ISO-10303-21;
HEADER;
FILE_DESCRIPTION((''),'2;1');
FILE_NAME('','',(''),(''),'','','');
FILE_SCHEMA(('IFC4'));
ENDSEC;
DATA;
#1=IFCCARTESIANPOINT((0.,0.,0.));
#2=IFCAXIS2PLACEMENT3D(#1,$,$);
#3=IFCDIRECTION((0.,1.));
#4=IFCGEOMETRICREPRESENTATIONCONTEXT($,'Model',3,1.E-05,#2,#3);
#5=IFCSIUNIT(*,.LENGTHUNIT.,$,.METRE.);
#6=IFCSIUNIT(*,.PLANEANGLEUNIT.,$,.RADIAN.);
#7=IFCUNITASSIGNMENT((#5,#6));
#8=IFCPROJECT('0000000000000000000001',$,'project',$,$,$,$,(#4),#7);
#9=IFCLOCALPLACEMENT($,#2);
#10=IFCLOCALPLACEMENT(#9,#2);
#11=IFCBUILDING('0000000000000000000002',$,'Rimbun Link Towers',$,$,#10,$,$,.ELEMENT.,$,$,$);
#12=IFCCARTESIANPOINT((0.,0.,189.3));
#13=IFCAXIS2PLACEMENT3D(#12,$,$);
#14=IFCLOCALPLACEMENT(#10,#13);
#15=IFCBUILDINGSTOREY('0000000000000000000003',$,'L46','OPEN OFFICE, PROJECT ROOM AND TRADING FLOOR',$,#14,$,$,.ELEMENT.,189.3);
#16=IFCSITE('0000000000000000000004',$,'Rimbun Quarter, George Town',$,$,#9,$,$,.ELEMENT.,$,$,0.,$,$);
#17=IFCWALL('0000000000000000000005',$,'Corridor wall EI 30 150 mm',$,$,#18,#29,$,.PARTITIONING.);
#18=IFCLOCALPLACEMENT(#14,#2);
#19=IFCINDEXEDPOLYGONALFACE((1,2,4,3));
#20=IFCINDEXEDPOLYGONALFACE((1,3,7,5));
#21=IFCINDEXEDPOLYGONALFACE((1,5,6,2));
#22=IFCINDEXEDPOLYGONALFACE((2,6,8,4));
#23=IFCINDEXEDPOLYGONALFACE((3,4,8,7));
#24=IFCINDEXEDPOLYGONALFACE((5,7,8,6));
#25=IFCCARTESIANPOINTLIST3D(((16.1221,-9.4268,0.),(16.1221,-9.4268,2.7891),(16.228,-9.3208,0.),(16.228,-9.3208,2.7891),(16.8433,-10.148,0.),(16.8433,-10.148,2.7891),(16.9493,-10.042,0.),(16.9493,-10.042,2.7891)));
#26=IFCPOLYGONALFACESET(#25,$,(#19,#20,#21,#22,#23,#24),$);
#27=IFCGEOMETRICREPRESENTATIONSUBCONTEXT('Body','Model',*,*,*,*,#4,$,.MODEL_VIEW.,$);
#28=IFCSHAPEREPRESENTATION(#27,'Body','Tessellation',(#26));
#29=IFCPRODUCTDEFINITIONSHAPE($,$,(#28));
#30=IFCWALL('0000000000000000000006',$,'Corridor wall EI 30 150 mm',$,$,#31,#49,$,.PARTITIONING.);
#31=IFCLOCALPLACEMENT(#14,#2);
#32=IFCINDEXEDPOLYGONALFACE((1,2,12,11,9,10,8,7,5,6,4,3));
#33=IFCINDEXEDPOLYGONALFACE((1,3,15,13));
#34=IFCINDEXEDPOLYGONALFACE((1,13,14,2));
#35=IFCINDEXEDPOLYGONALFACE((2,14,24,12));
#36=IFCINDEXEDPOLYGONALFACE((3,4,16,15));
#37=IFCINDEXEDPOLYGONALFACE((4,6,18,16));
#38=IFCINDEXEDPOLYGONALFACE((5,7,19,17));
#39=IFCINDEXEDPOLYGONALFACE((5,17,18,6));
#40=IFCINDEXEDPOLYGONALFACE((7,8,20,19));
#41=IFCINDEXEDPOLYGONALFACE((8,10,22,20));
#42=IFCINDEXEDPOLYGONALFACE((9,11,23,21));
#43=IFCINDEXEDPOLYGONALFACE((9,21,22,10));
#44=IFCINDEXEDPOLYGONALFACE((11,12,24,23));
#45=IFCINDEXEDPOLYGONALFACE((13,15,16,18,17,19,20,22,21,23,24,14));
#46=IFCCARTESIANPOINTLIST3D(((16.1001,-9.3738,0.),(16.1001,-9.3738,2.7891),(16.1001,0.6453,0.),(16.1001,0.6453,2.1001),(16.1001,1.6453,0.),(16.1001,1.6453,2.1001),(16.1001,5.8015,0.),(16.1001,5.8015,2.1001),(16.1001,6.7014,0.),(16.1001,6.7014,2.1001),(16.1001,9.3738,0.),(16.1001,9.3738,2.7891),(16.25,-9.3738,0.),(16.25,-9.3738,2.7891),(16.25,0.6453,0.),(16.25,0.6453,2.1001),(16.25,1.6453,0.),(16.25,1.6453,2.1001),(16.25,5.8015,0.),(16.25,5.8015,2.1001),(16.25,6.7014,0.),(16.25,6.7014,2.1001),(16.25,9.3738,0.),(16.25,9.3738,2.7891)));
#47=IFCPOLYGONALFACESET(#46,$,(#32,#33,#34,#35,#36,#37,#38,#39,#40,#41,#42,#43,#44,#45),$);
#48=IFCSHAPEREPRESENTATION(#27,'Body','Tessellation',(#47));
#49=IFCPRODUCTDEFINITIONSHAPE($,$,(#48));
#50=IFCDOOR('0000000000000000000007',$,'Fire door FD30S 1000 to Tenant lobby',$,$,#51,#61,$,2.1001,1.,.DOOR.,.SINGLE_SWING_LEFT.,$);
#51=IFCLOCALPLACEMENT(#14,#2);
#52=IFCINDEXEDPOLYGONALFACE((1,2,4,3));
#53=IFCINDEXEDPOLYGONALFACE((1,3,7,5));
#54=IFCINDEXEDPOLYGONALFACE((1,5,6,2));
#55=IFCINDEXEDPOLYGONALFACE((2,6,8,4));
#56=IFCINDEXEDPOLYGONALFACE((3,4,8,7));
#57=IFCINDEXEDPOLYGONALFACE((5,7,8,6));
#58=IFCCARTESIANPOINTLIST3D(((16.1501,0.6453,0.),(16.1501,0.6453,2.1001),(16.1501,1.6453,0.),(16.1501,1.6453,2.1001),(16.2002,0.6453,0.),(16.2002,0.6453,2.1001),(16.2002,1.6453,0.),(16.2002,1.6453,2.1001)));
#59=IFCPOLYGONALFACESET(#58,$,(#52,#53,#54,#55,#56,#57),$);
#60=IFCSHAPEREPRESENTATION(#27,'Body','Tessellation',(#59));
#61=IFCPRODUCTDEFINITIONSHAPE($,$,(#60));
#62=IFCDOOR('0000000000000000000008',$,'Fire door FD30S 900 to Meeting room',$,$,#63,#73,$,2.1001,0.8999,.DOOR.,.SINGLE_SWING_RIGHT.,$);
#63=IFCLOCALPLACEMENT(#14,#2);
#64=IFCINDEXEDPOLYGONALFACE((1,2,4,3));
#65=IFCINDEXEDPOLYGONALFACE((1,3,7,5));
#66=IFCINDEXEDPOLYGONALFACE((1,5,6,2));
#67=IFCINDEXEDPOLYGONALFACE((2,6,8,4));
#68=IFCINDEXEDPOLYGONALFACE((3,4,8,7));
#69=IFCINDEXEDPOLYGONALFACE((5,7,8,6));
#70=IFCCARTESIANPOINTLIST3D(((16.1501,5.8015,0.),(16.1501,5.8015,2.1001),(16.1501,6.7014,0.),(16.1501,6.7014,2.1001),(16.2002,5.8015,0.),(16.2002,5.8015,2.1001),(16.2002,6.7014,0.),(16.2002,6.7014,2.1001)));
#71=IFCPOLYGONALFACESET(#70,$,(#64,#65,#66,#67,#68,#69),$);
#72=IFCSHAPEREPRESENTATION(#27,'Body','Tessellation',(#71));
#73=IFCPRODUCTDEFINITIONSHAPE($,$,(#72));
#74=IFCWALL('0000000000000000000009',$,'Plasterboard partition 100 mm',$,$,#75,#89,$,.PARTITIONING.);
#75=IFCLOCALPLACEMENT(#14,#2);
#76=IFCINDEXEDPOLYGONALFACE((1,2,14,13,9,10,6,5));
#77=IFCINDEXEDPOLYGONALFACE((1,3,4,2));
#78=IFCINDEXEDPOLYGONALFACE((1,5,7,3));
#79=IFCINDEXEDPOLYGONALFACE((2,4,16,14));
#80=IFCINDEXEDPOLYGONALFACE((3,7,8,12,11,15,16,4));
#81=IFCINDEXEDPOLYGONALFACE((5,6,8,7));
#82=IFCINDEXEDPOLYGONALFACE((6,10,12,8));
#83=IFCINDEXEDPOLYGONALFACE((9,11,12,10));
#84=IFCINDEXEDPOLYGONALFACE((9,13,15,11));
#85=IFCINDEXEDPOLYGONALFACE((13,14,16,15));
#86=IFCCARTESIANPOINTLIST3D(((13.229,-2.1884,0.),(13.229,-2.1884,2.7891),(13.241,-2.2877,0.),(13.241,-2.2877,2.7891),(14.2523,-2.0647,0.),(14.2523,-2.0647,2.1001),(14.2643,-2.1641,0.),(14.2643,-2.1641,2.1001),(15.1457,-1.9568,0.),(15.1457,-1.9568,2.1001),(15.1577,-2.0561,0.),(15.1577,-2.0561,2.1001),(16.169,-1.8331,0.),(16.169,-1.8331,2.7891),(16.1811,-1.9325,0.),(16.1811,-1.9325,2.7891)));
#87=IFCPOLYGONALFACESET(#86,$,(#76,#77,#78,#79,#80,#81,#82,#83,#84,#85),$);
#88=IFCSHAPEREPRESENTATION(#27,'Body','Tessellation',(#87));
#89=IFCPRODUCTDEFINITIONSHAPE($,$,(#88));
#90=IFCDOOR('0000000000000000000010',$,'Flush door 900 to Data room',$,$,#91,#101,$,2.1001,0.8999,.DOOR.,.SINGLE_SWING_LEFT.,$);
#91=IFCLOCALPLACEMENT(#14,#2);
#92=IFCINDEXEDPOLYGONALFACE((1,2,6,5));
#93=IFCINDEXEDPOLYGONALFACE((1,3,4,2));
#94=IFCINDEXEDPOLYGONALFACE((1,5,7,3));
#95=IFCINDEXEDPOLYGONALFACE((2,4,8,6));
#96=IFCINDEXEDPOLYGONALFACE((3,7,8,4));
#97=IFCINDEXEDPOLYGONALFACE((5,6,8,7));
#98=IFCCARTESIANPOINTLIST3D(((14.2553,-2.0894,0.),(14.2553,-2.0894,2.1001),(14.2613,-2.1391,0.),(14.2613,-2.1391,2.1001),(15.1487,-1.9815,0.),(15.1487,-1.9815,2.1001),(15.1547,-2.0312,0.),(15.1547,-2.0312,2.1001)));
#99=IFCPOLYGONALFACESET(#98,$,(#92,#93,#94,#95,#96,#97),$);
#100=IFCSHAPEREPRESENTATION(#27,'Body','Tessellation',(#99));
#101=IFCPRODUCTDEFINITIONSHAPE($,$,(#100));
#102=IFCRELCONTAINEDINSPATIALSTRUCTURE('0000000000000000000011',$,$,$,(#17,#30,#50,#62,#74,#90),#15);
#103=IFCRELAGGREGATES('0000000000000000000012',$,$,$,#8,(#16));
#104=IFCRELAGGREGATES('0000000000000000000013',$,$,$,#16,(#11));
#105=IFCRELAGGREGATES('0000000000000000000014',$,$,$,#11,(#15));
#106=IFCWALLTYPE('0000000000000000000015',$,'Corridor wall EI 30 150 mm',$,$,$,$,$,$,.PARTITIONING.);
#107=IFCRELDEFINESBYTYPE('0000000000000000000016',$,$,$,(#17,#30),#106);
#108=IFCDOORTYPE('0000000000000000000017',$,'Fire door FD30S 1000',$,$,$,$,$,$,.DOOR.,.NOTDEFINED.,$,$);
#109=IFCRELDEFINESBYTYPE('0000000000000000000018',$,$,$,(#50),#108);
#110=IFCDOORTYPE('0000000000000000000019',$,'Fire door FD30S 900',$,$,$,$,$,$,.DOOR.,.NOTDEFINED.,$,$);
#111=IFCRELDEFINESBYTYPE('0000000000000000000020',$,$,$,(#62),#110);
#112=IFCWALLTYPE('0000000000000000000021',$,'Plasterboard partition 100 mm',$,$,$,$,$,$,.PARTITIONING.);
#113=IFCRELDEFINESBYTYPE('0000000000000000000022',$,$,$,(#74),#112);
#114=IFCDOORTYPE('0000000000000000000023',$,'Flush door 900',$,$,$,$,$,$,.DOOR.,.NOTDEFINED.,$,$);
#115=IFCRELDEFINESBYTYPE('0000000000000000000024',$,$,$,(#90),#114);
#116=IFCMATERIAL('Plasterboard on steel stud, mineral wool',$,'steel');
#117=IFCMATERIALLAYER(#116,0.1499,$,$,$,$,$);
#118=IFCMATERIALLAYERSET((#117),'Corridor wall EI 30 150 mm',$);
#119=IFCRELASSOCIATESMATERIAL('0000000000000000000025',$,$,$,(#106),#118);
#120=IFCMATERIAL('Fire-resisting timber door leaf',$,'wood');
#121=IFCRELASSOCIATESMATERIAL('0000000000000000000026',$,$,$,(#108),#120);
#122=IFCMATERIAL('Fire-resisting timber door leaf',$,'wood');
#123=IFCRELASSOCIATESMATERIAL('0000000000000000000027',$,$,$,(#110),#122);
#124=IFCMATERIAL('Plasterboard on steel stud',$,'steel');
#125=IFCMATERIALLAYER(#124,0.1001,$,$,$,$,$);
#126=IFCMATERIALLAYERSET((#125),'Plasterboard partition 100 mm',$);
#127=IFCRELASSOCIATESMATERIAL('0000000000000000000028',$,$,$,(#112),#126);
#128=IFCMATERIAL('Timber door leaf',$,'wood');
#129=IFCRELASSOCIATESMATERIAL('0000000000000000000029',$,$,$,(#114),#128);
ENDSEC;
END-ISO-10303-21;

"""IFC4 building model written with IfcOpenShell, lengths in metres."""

from ifc_helpers import new_model, si_unit, direction, frame, frame_2d, origin, place, context, subcontext, project, spatial, rectangle, extrude, material, layer, layer_set, type_object, element, fill, save


model = new_model("IFC4")

# Units and contexts
model_context = context("Model", 3, precision=1e-05, world=origin(), true_north=direction((0.0, 1.0)))
body_context = subcontext(model_context, "Body", "Model", "MODEL_VIEW")
ifc_project = project(units=[si_unit("LENGTHUNIT", "METRE"), si_unit("PLANEANGLEUNIT", "RADIAN")], contexts=[model_context])

# Site, building, storey
site_placement = place(None, origin())
site = spatial("IfcSite", under=ifc_project, at=site_placement, Name="Rimbun Quarter, George Town", CompositionType="ELEMENT", RefElevation=0.0)
building_placement = place(site_placement, origin())
building = spatial("IfcBuilding", under=site, at=building_placement, Name="Rimbun Link Towers", CompositionType="ELEMENT")
storey_placement = place(building_placement, frame((0.0, 0.0, 189.3)))
storey = spatial("IfcBuildingStorey", under=building, at=storey_placement, Name="L46", Description="OPEN OFFICE, PROJECT ROOM AND TRADING FLOOR", CompositionType="ELEMENT", Elevation=189.3)

# Wall
ifc_material_1 = material(Name="Plasterboard on steel stud, mineral wool", Category="steel")
ifc_layer_1 = layer(ifc_material_1, 0.1499)
ifc_layer_set_1 = layer_set([ifc_layer_1], Name="Corridor wall EI 30 150 mm")
wall_type_1 = type_object("IfcWallType", Name="Corridor wall EI 30 150 mm", PredefinedType="PARTITIONING", material=ifc_layer_set_1)
wall_1_placement = place(storey_placement, frame((16.175, -9.3738, 0.0), z_axis=(0.0, 0.0, 1.0), x_axis=(0.707107, -0.707107, 0.0)))
element("IfcWall", 1, at=wall_1_placement, inside=storey, type_object=wall_type_1, Name="Corridor wall EI 30 150 mm", PredefinedType="PARTITIONING", context=body_context, shape_type="SweptSolid", body=[
    extrude(rectangle(XDim=1.02, YDim=0.1499, at=frame_2d((0.51, 0.0))), origin(), (0.0, 0.0, 1.0), 2.7891),
])

# Wall, openings, doors
wall_2_placement = place(storey_placement, frame((16.175, -9.3738, 0.0), z_axis=(0.0, 0.0, 1.0), x_axis=(0.0, 1.0, 0.0)))
wall_2 = element("IfcWall", 2, at=wall_2_placement, inside=storey, type_object=wall_type_1, Name="Corridor wall EI 30 150 mm", PredefinedType="PARTITIONING", context=body_context, shape_type="SweptSolid", body=[
    extrude(rectangle(XDim=18.7476, YDim=0.1499, at=frame_2d((9.3738, 0.0))), origin(), (0.0, 0.0, 1.0), 2.7891),
])
opening_1_placement = place(wall_2_placement, frame((15.1753, 0.0, 0.0)))
opening_1 = element("IfcOpeningElement", 3, at=opening_1_placement, cuts=wall_2, PredefinedType="OPENING", context=body_context, shape_type="SweptSolid", body=[
    extrude(rectangle(XDim=0.8999, YDim=2.1001, at=frame_2d((0.45, 1.05))), frame((0.0, 0.085, 0.0), z_axis=(0.0, -1.0, 0.0), x_axis=(1.0, 0.0, 0.0)), (0.0, 0.0, 1.0), 0.1699),
])
opening_2_placement = place(wall_2_placement, frame((10.019, 0.0, 0.0)))
opening_2 = element("IfcOpeningElement", 4, at=opening_2_placement, cuts=wall_2, PredefinedType="OPENING", context=body_context, shape_type="SweptSolid", body=[
    extrude(rectangle(XDim=1.0, YDim=2.1001, at=frame_2d((0.5, 1.05))), frame((0.0, 0.085, 0.0), z_axis=(0.0, -1.0, 0.0), x_axis=(1.0, 0.0, 0.0)), (0.0, 0.0, 1.0), 0.1699),
])
ifc_material_2 = material(Name="Fire-resisting timber door leaf", Category="wood")
door_type_1 = type_object("IfcDoorType", Name="Fire door FD30S 1000", OperationType="NOTDEFINED", PredefinedType="DOOR", material=ifc_material_2)
door_1_placement = place(opening_2_placement, origin())
door_1 = element("IfcDoor", 5, at=door_1_placement, inside=storey, type_object=door_type_1, Name="Fire door FD30S 1000 to Tenant lobby", OperationType="SINGLE_SWING_LEFT", OverallHeight=2.1001, OverallWidth=1.0, PredefinedType="DOOR", context=body_context, shape_type="SweptSolid", body=[
    extrude(rectangle(XDim=1.0, YDim=2.1001, at=frame_2d((0.5, 1.05))), frame((0.0, 0.0249, 0.0), z_axis=(0.0, -1.0, 0.0), x_axis=(1.0, 0.0, 0.0)), (0.0, 0.0, 1.0), 0.05),
])
fill(opening_2, door_1)
ifc_material_3 = material(Name="Fire-resisting timber door leaf", Category="wood")
door_type_2 = type_object("IfcDoorType", Name="Fire door FD30S 900", OperationType="NOTDEFINED", PredefinedType="DOOR", material=ifc_material_3)
door_2_placement = place(opening_1_placement, origin())
door_2 = element("IfcDoor", 6, at=door_2_placement, inside=storey, type_object=door_type_2, Name="Fire door FD30S 900 to Meeting room", OperationType="SINGLE_SWING_RIGHT", OverallHeight=2.1001, OverallWidth=0.8999, PredefinedType="DOOR", context=body_context, shape_type="SweptSolid", body=[
    extrude(rectangle(XDim=0.8999, YDim=2.1001, at=frame_2d((0.45, 1.05))), frame((0.0, 0.0249, 0.0), z_axis=(0.0, -1.0, 0.0), x_axis=(1.0, 0.0, 0.0)), (0.0, 0.0, 1.0), 0.05),
])
fill(opening_1, door_2)

# Wall, opening, door
ifc_material_4 = material(Name="Plasterboard on steel stud", Category="steel")
ifc_layer_2 = layer(ifc_material_4, 0.1001)
ifc_layer_set_2 = layer_set([ifc_layer_2], Name="Plasterboard partition 100 mm")
wall_type_2 = type_object("IfcWallType", Name="Plasterboard partition 100 mm", PredefinedType="PARTITIONING", material=ifc_layer_set_2)
wall_3_placement = place(storey_placement, frame((16.175, -1.8828, 0.0), z_axis=(0.0, 0.0, 1.0), x_axis=(-0.992779, -0.119955, 0.0)))
wall_3 = element("IfcWall", 7, at=wall_3_placement, inside=storey, type_object=wall_type_2, Name="Plasterboard partition 100 mm", PredefinedType="PARTITIONING", context=body_context, shape_type="SweptSolid", body=[
    extrude(rectangle(XDim=2.9614, YDim=0.1001, at=frame_2d((1.4807, 0.0))), origin(), (0.0, 0.0, 1.0), 2.7891),
])
opening_3_placement = place(wall_3_placement, frame((1.0308, 0.0, 0.0)))
opening_3 = element("IfcOpeningElement", 8, at=opening_3_placement, cuts=wall_3, PredefinedType="OPENING", context=body_context, shape_type="SweptSolid", body=[
    extrude(rectangle(XDim=0.8999, YDim=2.1001, at=frame_2d((0.45, 1.05))), frame((0.0, 0.0601, 0.0), z_axis=(0.0, -1.0, 0.0), x_axis=(1.0, 0.0, 0.0)), (0.0, 0.0, 1.0), 0.1201),
])
ifc_material_5 = material(Name="Timber door leaf", Category="wood")
door_type_3 = type_object("IfcDoorType", Name="Flush door 900", OperationType="NOTDEFINED", PredefinedType="DOOR", material=ifc_material_5)
door_3_placement = place(opening_3_placement, origin())
door_3 = element("IfcDoor", 9, at=door_3_placement, inside=storey, type_object=door_type_3, Name="Flush door 900 to Data room", OperationType="SINGLE_SWING_LEFT", OverallHeight=2.1001, OverallWidth=0.8999, PredefinedType="DOOR", context=body_context, shape_type="SweptSolid", body=[
    extrude(rectangle(XDim=0.8999, YDim=2.1001, at=frame_2d((0.45, 1.05))), frame((0.0, 0.0249, 0.0), z_axis=(0.0, -1.0, 0.0), x_axis=(1.0, 0.0, 0.0)), (0.0, 0.0, 1.0), 0.05),
])
fill(opening_3, door_3)

save(model, "model.ifc")
